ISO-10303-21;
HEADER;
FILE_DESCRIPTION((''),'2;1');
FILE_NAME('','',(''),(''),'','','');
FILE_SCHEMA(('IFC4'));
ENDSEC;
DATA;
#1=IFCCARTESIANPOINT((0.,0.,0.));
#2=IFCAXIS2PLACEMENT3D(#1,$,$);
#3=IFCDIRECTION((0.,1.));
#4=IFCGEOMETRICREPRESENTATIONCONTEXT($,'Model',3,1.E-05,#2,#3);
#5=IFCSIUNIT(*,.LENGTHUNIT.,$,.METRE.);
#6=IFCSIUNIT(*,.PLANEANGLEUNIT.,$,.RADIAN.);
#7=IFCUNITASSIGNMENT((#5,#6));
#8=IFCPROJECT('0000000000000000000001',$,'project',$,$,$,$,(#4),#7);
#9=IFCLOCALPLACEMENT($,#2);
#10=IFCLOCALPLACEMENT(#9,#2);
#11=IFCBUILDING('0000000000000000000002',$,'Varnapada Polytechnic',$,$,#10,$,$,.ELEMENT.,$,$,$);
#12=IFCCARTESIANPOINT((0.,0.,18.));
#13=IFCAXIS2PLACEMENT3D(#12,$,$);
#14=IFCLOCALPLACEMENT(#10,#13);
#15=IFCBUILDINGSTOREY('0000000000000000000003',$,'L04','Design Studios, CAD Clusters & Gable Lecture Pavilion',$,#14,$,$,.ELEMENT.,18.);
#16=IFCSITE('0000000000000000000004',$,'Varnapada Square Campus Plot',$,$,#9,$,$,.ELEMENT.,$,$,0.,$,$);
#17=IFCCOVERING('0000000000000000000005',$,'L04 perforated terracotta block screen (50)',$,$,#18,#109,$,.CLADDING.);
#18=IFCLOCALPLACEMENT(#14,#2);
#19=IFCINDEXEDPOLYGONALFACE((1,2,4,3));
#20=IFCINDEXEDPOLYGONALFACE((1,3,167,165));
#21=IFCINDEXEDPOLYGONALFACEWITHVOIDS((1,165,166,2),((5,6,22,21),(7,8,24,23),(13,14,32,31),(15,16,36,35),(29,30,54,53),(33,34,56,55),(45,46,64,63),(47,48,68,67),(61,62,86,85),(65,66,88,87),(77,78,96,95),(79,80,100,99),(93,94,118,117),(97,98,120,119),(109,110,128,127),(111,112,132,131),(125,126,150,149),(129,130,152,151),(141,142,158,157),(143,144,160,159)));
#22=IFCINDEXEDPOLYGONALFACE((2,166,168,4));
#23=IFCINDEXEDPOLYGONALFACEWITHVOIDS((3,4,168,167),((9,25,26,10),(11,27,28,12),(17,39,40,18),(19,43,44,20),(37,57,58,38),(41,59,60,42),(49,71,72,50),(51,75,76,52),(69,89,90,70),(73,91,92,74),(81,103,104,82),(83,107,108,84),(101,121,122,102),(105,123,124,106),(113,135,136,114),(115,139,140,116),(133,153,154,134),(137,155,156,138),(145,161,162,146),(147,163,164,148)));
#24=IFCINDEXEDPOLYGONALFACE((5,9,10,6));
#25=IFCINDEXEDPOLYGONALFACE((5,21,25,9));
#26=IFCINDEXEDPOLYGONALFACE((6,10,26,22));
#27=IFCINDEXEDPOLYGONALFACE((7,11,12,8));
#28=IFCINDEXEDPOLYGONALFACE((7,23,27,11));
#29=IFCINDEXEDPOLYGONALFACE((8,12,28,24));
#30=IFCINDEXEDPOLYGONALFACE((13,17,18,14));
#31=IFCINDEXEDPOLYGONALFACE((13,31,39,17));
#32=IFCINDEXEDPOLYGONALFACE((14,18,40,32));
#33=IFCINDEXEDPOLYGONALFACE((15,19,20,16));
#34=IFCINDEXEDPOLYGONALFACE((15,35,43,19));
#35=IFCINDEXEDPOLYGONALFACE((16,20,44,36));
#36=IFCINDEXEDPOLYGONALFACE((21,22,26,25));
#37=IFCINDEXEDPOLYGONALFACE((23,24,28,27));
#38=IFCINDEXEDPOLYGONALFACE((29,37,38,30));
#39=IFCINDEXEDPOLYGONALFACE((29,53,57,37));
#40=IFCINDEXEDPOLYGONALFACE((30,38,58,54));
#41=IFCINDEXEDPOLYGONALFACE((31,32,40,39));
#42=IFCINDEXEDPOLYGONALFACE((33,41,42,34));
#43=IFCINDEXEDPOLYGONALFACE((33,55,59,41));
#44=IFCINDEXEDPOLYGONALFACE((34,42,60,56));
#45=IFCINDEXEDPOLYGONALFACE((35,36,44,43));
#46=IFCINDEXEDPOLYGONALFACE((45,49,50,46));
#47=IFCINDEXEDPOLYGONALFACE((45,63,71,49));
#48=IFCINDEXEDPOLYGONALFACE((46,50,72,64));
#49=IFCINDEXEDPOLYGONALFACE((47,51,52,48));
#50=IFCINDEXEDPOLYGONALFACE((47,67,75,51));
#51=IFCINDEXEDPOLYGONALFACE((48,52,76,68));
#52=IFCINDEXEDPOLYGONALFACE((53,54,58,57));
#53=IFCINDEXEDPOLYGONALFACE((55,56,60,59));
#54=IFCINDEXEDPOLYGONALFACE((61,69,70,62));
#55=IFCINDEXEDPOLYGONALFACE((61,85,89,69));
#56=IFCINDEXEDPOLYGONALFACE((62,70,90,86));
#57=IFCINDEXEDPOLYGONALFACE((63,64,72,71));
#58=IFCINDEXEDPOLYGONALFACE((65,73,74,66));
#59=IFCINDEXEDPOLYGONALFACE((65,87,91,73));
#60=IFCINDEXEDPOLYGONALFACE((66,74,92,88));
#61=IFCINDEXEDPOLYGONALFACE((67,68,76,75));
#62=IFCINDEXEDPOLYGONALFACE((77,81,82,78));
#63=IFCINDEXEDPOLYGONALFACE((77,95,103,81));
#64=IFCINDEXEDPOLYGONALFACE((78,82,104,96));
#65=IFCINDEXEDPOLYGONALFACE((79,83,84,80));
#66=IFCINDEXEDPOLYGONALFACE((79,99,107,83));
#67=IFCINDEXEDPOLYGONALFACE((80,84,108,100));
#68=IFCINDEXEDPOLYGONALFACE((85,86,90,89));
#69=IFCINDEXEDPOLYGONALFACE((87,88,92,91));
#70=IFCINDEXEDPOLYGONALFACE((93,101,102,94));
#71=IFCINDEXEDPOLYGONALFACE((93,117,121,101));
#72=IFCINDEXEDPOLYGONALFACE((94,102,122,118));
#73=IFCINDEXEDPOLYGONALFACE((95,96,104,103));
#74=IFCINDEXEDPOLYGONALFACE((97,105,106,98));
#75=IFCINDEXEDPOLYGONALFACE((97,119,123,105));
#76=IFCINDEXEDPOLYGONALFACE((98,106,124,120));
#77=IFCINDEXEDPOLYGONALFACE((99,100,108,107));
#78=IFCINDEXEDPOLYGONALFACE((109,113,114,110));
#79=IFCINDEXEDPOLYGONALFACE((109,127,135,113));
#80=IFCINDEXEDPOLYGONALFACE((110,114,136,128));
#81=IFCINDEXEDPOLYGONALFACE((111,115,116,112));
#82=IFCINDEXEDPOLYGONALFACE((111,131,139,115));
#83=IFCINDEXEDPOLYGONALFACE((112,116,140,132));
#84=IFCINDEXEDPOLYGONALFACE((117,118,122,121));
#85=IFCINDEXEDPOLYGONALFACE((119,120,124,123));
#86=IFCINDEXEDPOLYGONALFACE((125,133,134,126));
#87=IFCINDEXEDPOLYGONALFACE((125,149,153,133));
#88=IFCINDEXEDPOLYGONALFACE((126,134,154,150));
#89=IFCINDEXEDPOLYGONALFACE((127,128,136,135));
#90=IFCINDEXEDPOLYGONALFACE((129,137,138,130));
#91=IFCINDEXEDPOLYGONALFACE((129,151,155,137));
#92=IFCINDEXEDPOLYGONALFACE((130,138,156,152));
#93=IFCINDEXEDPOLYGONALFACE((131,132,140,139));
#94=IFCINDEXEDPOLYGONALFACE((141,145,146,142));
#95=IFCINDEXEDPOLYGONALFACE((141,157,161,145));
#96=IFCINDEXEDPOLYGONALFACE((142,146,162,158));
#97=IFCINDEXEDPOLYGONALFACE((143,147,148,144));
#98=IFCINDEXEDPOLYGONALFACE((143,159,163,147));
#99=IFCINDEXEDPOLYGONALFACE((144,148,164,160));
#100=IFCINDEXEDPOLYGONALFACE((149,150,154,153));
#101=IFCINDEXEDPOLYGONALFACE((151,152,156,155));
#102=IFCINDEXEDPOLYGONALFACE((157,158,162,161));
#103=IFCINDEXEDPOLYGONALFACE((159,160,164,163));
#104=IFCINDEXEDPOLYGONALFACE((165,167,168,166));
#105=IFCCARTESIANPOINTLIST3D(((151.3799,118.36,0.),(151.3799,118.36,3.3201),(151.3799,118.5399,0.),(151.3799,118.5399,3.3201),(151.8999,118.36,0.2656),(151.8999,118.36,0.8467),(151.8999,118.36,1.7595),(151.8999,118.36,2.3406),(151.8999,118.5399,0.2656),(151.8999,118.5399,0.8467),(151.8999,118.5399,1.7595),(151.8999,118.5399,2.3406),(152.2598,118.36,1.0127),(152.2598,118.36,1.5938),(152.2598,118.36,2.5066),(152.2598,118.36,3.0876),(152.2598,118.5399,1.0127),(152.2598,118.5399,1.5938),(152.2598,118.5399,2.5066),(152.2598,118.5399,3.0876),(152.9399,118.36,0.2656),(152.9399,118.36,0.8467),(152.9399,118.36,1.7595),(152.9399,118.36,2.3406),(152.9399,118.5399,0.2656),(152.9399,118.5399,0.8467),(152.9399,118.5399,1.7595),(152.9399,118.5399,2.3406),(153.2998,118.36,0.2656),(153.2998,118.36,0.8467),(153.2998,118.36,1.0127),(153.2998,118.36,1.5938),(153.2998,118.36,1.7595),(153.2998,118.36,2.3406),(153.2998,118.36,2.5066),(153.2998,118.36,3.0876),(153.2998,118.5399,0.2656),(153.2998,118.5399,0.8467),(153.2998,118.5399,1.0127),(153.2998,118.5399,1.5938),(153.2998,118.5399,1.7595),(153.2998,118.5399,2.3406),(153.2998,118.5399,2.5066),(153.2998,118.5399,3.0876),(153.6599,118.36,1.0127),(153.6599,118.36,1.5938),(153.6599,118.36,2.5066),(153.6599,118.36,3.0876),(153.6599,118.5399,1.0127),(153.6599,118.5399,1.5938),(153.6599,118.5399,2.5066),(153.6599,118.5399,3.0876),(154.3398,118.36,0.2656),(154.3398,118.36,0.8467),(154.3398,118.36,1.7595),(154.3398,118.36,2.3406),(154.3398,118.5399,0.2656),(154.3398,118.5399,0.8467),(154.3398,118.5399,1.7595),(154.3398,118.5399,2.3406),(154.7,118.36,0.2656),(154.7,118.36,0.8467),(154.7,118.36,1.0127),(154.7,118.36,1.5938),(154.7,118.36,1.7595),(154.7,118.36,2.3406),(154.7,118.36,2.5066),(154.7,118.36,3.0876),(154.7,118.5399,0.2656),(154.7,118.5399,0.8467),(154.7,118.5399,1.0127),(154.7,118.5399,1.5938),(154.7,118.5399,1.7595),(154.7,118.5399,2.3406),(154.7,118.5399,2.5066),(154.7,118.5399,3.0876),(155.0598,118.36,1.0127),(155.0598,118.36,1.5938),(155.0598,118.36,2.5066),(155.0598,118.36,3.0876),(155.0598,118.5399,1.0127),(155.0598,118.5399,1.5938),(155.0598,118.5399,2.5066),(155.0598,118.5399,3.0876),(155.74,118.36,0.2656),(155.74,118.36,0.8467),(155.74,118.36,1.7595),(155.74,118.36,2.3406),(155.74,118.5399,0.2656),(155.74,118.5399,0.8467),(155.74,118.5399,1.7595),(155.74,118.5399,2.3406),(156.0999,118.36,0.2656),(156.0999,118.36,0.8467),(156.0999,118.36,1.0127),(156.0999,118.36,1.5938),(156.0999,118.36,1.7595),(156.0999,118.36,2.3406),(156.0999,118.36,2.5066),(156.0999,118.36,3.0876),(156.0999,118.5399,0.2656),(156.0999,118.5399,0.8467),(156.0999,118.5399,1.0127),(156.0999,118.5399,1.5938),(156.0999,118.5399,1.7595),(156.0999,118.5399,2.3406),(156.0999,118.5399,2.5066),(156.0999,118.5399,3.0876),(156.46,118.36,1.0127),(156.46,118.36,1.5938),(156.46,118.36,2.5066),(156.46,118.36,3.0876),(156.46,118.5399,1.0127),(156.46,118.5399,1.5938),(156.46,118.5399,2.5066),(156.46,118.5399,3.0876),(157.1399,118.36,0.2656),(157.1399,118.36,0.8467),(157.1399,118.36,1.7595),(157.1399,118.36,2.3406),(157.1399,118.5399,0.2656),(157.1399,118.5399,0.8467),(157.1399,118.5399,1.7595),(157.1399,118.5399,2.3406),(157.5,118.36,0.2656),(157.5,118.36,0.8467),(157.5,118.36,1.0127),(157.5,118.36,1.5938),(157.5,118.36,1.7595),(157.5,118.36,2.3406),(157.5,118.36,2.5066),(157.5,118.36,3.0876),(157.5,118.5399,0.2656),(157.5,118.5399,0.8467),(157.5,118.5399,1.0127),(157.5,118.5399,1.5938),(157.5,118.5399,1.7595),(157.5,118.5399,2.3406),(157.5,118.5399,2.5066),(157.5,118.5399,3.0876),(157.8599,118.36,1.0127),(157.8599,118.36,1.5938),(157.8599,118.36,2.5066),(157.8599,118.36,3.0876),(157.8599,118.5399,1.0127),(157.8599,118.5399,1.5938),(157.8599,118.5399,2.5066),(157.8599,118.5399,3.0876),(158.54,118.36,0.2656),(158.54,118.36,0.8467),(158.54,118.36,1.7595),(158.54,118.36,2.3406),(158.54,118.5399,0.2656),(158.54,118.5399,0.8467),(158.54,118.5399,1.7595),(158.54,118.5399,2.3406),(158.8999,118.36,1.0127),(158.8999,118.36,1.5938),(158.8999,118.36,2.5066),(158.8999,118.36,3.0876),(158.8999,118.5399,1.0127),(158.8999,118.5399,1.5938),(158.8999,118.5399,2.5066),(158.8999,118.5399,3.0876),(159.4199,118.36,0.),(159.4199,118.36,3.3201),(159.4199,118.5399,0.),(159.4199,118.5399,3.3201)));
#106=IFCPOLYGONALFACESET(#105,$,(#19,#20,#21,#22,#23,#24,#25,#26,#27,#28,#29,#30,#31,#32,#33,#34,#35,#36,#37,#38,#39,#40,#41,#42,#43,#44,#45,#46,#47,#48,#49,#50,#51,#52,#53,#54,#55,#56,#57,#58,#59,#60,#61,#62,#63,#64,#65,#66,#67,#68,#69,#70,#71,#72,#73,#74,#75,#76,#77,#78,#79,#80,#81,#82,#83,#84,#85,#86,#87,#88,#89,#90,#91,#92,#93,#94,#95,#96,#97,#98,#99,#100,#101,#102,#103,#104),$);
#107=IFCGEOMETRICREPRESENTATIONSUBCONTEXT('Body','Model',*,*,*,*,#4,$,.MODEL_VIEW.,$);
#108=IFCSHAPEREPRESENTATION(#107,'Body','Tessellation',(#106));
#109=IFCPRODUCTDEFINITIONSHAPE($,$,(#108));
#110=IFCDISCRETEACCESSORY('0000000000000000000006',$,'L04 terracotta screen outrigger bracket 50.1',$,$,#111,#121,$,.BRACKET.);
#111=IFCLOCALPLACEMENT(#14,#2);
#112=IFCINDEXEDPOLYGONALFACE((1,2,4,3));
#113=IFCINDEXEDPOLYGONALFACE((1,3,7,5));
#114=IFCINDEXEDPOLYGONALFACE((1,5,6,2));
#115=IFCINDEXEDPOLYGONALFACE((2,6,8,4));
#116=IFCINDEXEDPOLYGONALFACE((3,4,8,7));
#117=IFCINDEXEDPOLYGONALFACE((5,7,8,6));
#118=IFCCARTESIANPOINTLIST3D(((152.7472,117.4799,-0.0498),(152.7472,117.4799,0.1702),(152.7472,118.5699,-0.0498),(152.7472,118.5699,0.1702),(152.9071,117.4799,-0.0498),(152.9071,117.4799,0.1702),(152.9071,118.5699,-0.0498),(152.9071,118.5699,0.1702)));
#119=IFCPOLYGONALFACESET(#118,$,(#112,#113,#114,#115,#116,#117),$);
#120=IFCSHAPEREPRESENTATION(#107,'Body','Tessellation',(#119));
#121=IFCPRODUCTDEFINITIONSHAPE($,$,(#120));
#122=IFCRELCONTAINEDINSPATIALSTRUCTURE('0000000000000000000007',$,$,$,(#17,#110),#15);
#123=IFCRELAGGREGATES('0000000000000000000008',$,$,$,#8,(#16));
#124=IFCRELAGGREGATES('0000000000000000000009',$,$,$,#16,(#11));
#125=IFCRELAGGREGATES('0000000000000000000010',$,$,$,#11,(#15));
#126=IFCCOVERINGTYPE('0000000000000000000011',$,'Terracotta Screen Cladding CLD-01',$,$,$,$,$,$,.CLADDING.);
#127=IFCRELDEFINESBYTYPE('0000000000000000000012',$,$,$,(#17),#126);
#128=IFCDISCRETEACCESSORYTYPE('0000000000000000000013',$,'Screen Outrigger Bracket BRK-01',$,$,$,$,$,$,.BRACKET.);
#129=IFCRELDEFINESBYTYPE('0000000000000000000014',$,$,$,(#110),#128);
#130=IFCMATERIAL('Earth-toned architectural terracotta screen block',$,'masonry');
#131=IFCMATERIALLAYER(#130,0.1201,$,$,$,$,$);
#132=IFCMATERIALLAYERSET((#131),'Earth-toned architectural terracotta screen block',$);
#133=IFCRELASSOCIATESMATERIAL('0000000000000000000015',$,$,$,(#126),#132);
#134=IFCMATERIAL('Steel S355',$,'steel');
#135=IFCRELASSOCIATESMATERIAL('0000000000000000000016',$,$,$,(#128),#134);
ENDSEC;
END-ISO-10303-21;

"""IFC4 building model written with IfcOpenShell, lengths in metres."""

from ifc_helpers import new_model, si_unit, direction, frame, frame_2d, origin, origin_2d, place, context, subcontext, project, spatial, rectangle, extrude, material, layer, layer_set, type_object, element, save


model = new_model("IFC4")

# Units and contexts
model_context = context("Model", 3, precision=1e-05, world=origin(), true_north=direction((0.0, 1.0)))
body_context = subcontext(model_context, "Body", "Model", "MODEL_VIEW")
ifc_project = project(units=[si_unit("LENGTHUNIT", "METRE"), si_unit("PLANEANGLEUNIT", "RADIAN")], contexts=[model_context])

# Site, building, storey
site_placement = place(None, origin())
site = spatial("IfcSite", under=ifc_project, at=site_placement, Name="Varnapada Square Campus Plot", CompositionType="ELEMENT", RefElevation=0.0)
building_placement = place(site_placement, origin())
building = spatial("IfcBuilding", under=site, at=building_placement, Name="Varnapada Polytechnic", CompositionType="ELEMENT")
storey_placement = place(building_placement, frame((0.0, 0.0, 18.0)))
storey = spatial("IfcBuildingStorey", under=building, at=storey_placement, Name="L04", Description="Design Studios, CAD Clusters & Gable Lecture Pavilion", CompositionType="ELEMENT", Elevation=18.0)

# Covering, openings
ifc_material_1 = material(Name="Earth-toned architectural terracotta screen block", Category="masonry")
ifc_layer_1 = layer(ifc_material_1, 0.1201)
ifc_layer_set_1 = layer_set([ifc_layer_1], Name="Earth-toned architectural terracotta screen block")
covering_type = type_object("IfcCoveringType", Name="Terracotta Screen Cladding CLD-01", PredefinedType="CLADDING", material=ifc_layer_set_1)
covering_placement = place(storey_placement, frame((151.3799, 118.45, 0.0), z_axis=(0.0, 0.0, 1.0), x_axis=(1.0, 0.0, 0.0)))
covering = element("IfcCovering", 1, at=covering_placement, inside=storey, type_object=covering_type, Name="L04 perforated terracotta block screen (50)", PredefinedType="CLADDING", context=body_context, shape_type="SweptSolid", body=[
    extrude(rectangle(XDim=8.04, YDim=0.1799, at=frame_2d((4.02, 0.0))), origin(), (0.0, 0.0, 1.0), 3.3201),
])
opening_1_placement = place(covering_placement, frame((0.52, 0.0, 0.2656)))
element("IfcOpeningElement", 2, at=opening_1_placement, cuts=covering, PredefinedType="OPENING", context=body_context, shape_type="SweptSolid", body=[
    extrude(rectangle(XDim=1.04, YDim=0.5811, at=frame_2d((0.52, 0.2905))), frame((0.0, 0.0999, 0.0), z_axis=(0.0, -1.0, 0.0), x_axis=(1.0, 0.0, 0.0)), (0.0, 0.0, 1.0), 0.2),
])
opening_2_placement = place(covering_placement, frame((1.9199, 0.0, 0.2656)))
element("IfcOpeningElement", 3, at=opening_2_placement, cuts=covering, PredefinedType="OPENING", context=body_context, shape_type="SweptSolid", body=[
    extrude(rectangle(XDim=1.04, YDim=0.5811, at=frame_2d((0.52, 0.2905))), frame((0.0, 0.0999, 0.0), z_axis=(0.0, -1.0, 0.0), x_axis=(1.0, 0.0, 0.0)), (0.0, 0.0, 1.0), 0.2),
])
opening_3_placement = place(covering_placement, frame((3.3201, 0.0, 0.2656)))
element("IfcOpeningElement", 4, at=opening_3_placement, cuts=covering, PredefinedType="OPENING", context=body_context, shape_type="SweptSolid", body=[
    extrude(rectangle(XDim=1.04, YDim=0.5811, at=frame_2d((0.52, 0.2905))), frame((0.0, 0.0999, 0.0), z_axis=(0.0, -1.0, 0.0), x_axis=(1.0, 0.0, 0.0)), (0.0, 0.0, 1.0), 0.2),
])
opening_4_placement = place(covering_placement, frame((4.72, 0.0, 0.2656)))
element("IfcOpeningElement", 5, at=opening_4_placement, cuts=covering, PredefinedType="OPENING", context=body_context, shape_type="SweptSolid", body=[
    extrude(rectangle(XDim=1.04, YDim=0.5811, at=frame_2d((0.52, 0.2905))), frame((0.0, 0.0999, 0.0), z_axis=(0.0, -1.0, 0.0), x_axis=(1.0, 0.0, 0.0)), (0.0, 0.0, 1.0), 0.2),
])
opening_5_placement = place(covering_placement, frame((6.1201, 0.0, 0.2656)))
element("IfcOpeningElement", 6, at=opening_5_placement, cuts=covering, PredefinedType="OPENING", context=body_context, shape_type="SweptSolid", body=[
    extrude(rectangle(XDim=1.04, YDim=0.5811, at=frame_2d((0.52, 0.2905))), frame((0.0, 0.0999, 0.0), z_axis=(0.0, -1.0, 0.0), x_axis=(1.0, 0.0, 0.0)), (0.0, 0.0, 1.0), 0.2),
])
opening_6_placement = place(covering_placement, frame((0.8799, 0.0, 1.0127)))
element("IfcOpeningElement", 7, at=opening_6_placement, cuts=covering, PredefinedType="OPENING", context=body_context, shape_type="SweptSolid", body=[
    extrude(rectangle(XDim=1.04, YDim=0.5811, at=frame_2d((0.52, 0.2905))), frame((0.0, 0.0999, 0.0), z_axis=(0.0, -1.0, 0.0), x_axis=(1.0, 0.0, 0.0)), (0.0, 0.0, 1.0), 0.2),
])
opening_7_placement = place(covering_placement, frame((2.28, 0.0, 1.0127)))
element("IfcOpeningElement", 8, at=opening_7_placement, cuts=covering, PredefinedType="OPENING", context=body_context, shape_type="SweptSolid", body=[
    extrude(rectangle(XDim=1.04, YDim=0.5811, at=frame_2d((0.52, 0.2905))), frame((0.0, 0.0999, 0.0), z_axis=(0.0, -1.0, 0.0), x_axis=(1.0, 0.0, 0.0)), (0.0, 0.0, 1.0), 0.2),
])
opening_8_placement = place(covering_placement, frame((3.6799, 0.0, 1.0127)))
element("IfcOpeningElement", 9, at=opening_8_placement, cuts=covering, PredefinedType="OPENING", context=body_context, shape_type="SweptSolid", body=[
    extrude(rectangle(XDim=1.04, YDim=0.5811, at=frame_2d((0.52, 0.2905))), frame((0.0, 0.0999, 0.0), z_axis=(0.0, -1.0, 0.0), x_axis=(1.0, 0.0, 0.0)), (0.0, 0.0, 1.0), 0.2),
])
opening_9_placement = place(covering_placement, frame((5.0801, 0.0, 1.0127)))
element("IfcOpeningElement", 10, at=opening_9_placement, cuts=covering, PredefinedType="OPENING", context=body_context, shape_type="SweptSolid", body=[
    extrude(rectangle(XDim=1.04, YDim=0.5811, at=frame_2d((0.52, 0.2905))), frame((0.0, 0.0999, 0.0), z_axis=(0.0, -1.0, 0.0), x_axis=(1.0, 0.0, 0.0)), (0.0, 0.0, 1.0), 0.2),
])
opening_10_placement = place(covering_placement, frame((6.48, 0.0, 1.0127)))
element("IfcOpeningElement", 11, at=opening_10_placement, cuts=covering, PredefinedType="OPENING", context=body_context, shape_type="SweptSolid", body=[
    extrude(rectangle(XDim=1.04, YDim=0.5811, at=frame_2d((0.52, 0.2905))), frame((0.0, 0.0999, 0.0), z_axis=(0.0, -1.0, 0.0), x_axis=(1.0, 0.0, 0.0)), (0.0, 0.0, 1.0), 0.2),
])
opening_11_placement = place(covering_placement, frame((0.52, 0.0, 1.7595)))
element("IfcOpeningElement", 12, at=opening_11_placement, cuts=covering, PredefinedType="OPENING", context=body_context, shape_type="SweptSolid", body=[
    extrude(rectangle(XDim=1.04, YDim=0.5811, at=frame_2d((0.52, 0.2905))), frame((0.0, 0.0999, 0.0), z_axis=(0.0, -1.0, 0.0), x_axis=(1.0, 0.0, 0.0)), (0.0, 0.0, 1.0), 0.2),
])
opening_12_placement = place(covering_placement, frame((1.9199, 0.0, 1.7595)))
element("IfcOpeningElement", 13, at=opening_12_placement, cuts=covering, PredefinedType="OPENING", context=body_context, shape_type="SweptSolid", body=[
    extrude(rectangle(XDim=1.04, YDim=0.5811, at=frame_2d((0.52, 0.2905))), frame((0.0, 0.0999, 0.0), z_axis=(0.0, -1.0, 0.0), x_axis=(1.0, 0.0, 0.0)), (0.0, 0.0, 1.0), 0.2),
])
opening_13_placement = place(covering_placement, frame((3.3201, 0.0, 1.7595)))
element("IfcOpeningElement", 14, at=opening_13_placement, cuts=covering, PredefinedType="OPENING", context=body_context, shape_type="SweptSolid", body=[
    extrude(rectangle(XDim=1.04, YDim=0.5811, at=frame_2d((0.52, 0.2905))), frame((0.0, 0.0999, 0.0), z_axis=(0.0, -1.0, 0.0), x_axis=(1.0, 0.0, 0.0)), (0.0, 0.0, 1.0), 0.2),
])
opening_14_placement = place(covering_placement, frame((4.72, 0.0, 1.7595)))
element("IfcOpeningElement", 15, at=opening_14_placement, cuts=covering, PredefinedType="OPENING", context=body_context, shape_type="SweptSolid", body=[
    extrude(rectangle(XDim=1.04, YDim=0.5811, at=frame_2d((0.52, 0.2905))), frame((0.0, 0.0999, 0.0), z_axis=(0.0, -1.0, 0.0), x_axis=(1.0, 0.0, 0.0)), (0.0, 0.0, 1.0), 0.2),
])
opening_15_placement = place(covering_placement, frame((6.1201, 0.0, 1.7595)))
element("IfcOpeningElement", 16, at=opening_15_placement, cuts=covering, PredefinedType="OPENING", context=body_context, shape_type="SweptSolid", body=[
    extrude(rectangle(XDim=1.04, YDim=0.5811, at=frame_2d((0.52, 0.2905))), frame((0.0, 0.0999, 0.0), z_axis=(0.0, -1.0, 0.0), x_axis=(1.0, 0.0, 0.0)), (0.0, 0.0, 1.0), 0.2),
])
opening_16_placement = place(covering_placement, frame((0.8799, 0.0, 2.5066)))
element("IfcOpeningElement", 17, at=opening_16_placement, cuts=covering, PredefinedType="OPENING", context=body_context, shape_type="SweptSolid", body=[
    extrude(rectangle(XDim=1.04, YDim=0.5811, at=frame_2d((0.52, 0.2905))), frame((0.0, 0.0999, 0.0), z_axis=(0.0, -1.0, 0.0), x_axis=(1.0, 0.0, 0.0)), (0.0, 0.0, 1.0), 0.2),
])
opening_17_placement = place(covering_placement, frame((2.28, 0.0, 2.5066)))
element("IfcOpeningElement", 18, at=opening_17_placement, cuts=covering, PredefinedType="OPENING", context=body_context, shape_type="SweptSolid", body=[
    extrude(rectangle(XDim=1.04, YDim=0.5811, at=frame_2d((0.52, 0.2905))), frame((0.0, 0.0999, 0.0), z_axis=(0.0, -1.0, 0.0), x_axis=(1.0, 0.0, 0.0)), (0.0, 0.0, 1.0), 0.2),
])
opening_18_placement = place(covering_placement, frame((3.6799, 0.0, 2.5066)))
element("IfcOpeningElement", 19, at=opening_18_placement, cuts=covering, PredefinedType="OPENING", context=body_context, shape_type="SweptSolid", body=[
    extrude(rectangle(XDim=1.04, YDim=0.5811, at=frame_2d((0.52, 0.2905))), frame((0.0, 0.0999, 0.0), z_axis=(0.0, -1.0, 0.0), x_axis=(1.0, 0.0, 0.0)), (0.0, 0.0, 1.0), 0.2),
])
opening_19_placement = place(covering_placement, frame((5.0801, 0.0, 2.5066)))
element("IfcOpeningElement", 20, at=opening_19_placement, cuts=covering, PredefinedType="OPENING", context=body_context, shape_type="SweptSolid", body=[
    extrude(rectangle(XDim=1.04, YDim=0.5811, at=frame_2d((0.52, 0.2905))), frame((0.0, 0.0999, 0.0), z_axis=(0.0, -1.0, 0.0), x_axis=(1.0, 0.0, 0.0)), (0.0, 0.0, 1.0), 0.2),
])
opening_20_placement = place(covering_placement, frame((6.48, 0.0, 2.5066)))
element("IfcOpeningElement", 21, at=opening_20_placement, cuts=covering, PredefinedType="OPENING", context=body_context, shape_type="SweptSolid", body=[
    extrude(rectangle(XDim=1.04, YDim=0.5811, at=frame_2d((0.52, 0.2905))), frame((0.0, 0.0999, 0.0), z_axis=(0.0, -1.0, 0.0), x_axis=(1.0, 0.0, 0.0)), (0.0, 0.0, 1.0), 0.2),
])

# Discrete accessory
ifc_material_2 = material(Name="Steel S355", Category="steel")
discrete_accessory_type = type_object("IfcDiscreteAccessoryType", Name="Screen Outrigger Bracket BRK-01", PredefinedType="BRACKET", material=ifc_material_2)
discrete_accessory_placement = place(storey_placement, frame((152.8271, 118.0249, -0.0498), z_axis=(0.0, 0.0, 1.0), x_axis=(1.0, 0.0, 0.0)))
element("IfcDiscreteAccessory", 22, at=discrete_accessory_placement, inside=storey, type_object=discrete_accessory_type, Name="L04 terracotta screen outrigger bracket 50.1", PredefinedType="BRACKET", context=body_context, shape_type="SweptSolid", body=[
    extrude(rectangle(XDim=0.1599, YDim=1.0901, at=origin_2d()), origin(), (0.0, 0.0, 1.0), 0.22),
])

save(model, "model.ifc")
